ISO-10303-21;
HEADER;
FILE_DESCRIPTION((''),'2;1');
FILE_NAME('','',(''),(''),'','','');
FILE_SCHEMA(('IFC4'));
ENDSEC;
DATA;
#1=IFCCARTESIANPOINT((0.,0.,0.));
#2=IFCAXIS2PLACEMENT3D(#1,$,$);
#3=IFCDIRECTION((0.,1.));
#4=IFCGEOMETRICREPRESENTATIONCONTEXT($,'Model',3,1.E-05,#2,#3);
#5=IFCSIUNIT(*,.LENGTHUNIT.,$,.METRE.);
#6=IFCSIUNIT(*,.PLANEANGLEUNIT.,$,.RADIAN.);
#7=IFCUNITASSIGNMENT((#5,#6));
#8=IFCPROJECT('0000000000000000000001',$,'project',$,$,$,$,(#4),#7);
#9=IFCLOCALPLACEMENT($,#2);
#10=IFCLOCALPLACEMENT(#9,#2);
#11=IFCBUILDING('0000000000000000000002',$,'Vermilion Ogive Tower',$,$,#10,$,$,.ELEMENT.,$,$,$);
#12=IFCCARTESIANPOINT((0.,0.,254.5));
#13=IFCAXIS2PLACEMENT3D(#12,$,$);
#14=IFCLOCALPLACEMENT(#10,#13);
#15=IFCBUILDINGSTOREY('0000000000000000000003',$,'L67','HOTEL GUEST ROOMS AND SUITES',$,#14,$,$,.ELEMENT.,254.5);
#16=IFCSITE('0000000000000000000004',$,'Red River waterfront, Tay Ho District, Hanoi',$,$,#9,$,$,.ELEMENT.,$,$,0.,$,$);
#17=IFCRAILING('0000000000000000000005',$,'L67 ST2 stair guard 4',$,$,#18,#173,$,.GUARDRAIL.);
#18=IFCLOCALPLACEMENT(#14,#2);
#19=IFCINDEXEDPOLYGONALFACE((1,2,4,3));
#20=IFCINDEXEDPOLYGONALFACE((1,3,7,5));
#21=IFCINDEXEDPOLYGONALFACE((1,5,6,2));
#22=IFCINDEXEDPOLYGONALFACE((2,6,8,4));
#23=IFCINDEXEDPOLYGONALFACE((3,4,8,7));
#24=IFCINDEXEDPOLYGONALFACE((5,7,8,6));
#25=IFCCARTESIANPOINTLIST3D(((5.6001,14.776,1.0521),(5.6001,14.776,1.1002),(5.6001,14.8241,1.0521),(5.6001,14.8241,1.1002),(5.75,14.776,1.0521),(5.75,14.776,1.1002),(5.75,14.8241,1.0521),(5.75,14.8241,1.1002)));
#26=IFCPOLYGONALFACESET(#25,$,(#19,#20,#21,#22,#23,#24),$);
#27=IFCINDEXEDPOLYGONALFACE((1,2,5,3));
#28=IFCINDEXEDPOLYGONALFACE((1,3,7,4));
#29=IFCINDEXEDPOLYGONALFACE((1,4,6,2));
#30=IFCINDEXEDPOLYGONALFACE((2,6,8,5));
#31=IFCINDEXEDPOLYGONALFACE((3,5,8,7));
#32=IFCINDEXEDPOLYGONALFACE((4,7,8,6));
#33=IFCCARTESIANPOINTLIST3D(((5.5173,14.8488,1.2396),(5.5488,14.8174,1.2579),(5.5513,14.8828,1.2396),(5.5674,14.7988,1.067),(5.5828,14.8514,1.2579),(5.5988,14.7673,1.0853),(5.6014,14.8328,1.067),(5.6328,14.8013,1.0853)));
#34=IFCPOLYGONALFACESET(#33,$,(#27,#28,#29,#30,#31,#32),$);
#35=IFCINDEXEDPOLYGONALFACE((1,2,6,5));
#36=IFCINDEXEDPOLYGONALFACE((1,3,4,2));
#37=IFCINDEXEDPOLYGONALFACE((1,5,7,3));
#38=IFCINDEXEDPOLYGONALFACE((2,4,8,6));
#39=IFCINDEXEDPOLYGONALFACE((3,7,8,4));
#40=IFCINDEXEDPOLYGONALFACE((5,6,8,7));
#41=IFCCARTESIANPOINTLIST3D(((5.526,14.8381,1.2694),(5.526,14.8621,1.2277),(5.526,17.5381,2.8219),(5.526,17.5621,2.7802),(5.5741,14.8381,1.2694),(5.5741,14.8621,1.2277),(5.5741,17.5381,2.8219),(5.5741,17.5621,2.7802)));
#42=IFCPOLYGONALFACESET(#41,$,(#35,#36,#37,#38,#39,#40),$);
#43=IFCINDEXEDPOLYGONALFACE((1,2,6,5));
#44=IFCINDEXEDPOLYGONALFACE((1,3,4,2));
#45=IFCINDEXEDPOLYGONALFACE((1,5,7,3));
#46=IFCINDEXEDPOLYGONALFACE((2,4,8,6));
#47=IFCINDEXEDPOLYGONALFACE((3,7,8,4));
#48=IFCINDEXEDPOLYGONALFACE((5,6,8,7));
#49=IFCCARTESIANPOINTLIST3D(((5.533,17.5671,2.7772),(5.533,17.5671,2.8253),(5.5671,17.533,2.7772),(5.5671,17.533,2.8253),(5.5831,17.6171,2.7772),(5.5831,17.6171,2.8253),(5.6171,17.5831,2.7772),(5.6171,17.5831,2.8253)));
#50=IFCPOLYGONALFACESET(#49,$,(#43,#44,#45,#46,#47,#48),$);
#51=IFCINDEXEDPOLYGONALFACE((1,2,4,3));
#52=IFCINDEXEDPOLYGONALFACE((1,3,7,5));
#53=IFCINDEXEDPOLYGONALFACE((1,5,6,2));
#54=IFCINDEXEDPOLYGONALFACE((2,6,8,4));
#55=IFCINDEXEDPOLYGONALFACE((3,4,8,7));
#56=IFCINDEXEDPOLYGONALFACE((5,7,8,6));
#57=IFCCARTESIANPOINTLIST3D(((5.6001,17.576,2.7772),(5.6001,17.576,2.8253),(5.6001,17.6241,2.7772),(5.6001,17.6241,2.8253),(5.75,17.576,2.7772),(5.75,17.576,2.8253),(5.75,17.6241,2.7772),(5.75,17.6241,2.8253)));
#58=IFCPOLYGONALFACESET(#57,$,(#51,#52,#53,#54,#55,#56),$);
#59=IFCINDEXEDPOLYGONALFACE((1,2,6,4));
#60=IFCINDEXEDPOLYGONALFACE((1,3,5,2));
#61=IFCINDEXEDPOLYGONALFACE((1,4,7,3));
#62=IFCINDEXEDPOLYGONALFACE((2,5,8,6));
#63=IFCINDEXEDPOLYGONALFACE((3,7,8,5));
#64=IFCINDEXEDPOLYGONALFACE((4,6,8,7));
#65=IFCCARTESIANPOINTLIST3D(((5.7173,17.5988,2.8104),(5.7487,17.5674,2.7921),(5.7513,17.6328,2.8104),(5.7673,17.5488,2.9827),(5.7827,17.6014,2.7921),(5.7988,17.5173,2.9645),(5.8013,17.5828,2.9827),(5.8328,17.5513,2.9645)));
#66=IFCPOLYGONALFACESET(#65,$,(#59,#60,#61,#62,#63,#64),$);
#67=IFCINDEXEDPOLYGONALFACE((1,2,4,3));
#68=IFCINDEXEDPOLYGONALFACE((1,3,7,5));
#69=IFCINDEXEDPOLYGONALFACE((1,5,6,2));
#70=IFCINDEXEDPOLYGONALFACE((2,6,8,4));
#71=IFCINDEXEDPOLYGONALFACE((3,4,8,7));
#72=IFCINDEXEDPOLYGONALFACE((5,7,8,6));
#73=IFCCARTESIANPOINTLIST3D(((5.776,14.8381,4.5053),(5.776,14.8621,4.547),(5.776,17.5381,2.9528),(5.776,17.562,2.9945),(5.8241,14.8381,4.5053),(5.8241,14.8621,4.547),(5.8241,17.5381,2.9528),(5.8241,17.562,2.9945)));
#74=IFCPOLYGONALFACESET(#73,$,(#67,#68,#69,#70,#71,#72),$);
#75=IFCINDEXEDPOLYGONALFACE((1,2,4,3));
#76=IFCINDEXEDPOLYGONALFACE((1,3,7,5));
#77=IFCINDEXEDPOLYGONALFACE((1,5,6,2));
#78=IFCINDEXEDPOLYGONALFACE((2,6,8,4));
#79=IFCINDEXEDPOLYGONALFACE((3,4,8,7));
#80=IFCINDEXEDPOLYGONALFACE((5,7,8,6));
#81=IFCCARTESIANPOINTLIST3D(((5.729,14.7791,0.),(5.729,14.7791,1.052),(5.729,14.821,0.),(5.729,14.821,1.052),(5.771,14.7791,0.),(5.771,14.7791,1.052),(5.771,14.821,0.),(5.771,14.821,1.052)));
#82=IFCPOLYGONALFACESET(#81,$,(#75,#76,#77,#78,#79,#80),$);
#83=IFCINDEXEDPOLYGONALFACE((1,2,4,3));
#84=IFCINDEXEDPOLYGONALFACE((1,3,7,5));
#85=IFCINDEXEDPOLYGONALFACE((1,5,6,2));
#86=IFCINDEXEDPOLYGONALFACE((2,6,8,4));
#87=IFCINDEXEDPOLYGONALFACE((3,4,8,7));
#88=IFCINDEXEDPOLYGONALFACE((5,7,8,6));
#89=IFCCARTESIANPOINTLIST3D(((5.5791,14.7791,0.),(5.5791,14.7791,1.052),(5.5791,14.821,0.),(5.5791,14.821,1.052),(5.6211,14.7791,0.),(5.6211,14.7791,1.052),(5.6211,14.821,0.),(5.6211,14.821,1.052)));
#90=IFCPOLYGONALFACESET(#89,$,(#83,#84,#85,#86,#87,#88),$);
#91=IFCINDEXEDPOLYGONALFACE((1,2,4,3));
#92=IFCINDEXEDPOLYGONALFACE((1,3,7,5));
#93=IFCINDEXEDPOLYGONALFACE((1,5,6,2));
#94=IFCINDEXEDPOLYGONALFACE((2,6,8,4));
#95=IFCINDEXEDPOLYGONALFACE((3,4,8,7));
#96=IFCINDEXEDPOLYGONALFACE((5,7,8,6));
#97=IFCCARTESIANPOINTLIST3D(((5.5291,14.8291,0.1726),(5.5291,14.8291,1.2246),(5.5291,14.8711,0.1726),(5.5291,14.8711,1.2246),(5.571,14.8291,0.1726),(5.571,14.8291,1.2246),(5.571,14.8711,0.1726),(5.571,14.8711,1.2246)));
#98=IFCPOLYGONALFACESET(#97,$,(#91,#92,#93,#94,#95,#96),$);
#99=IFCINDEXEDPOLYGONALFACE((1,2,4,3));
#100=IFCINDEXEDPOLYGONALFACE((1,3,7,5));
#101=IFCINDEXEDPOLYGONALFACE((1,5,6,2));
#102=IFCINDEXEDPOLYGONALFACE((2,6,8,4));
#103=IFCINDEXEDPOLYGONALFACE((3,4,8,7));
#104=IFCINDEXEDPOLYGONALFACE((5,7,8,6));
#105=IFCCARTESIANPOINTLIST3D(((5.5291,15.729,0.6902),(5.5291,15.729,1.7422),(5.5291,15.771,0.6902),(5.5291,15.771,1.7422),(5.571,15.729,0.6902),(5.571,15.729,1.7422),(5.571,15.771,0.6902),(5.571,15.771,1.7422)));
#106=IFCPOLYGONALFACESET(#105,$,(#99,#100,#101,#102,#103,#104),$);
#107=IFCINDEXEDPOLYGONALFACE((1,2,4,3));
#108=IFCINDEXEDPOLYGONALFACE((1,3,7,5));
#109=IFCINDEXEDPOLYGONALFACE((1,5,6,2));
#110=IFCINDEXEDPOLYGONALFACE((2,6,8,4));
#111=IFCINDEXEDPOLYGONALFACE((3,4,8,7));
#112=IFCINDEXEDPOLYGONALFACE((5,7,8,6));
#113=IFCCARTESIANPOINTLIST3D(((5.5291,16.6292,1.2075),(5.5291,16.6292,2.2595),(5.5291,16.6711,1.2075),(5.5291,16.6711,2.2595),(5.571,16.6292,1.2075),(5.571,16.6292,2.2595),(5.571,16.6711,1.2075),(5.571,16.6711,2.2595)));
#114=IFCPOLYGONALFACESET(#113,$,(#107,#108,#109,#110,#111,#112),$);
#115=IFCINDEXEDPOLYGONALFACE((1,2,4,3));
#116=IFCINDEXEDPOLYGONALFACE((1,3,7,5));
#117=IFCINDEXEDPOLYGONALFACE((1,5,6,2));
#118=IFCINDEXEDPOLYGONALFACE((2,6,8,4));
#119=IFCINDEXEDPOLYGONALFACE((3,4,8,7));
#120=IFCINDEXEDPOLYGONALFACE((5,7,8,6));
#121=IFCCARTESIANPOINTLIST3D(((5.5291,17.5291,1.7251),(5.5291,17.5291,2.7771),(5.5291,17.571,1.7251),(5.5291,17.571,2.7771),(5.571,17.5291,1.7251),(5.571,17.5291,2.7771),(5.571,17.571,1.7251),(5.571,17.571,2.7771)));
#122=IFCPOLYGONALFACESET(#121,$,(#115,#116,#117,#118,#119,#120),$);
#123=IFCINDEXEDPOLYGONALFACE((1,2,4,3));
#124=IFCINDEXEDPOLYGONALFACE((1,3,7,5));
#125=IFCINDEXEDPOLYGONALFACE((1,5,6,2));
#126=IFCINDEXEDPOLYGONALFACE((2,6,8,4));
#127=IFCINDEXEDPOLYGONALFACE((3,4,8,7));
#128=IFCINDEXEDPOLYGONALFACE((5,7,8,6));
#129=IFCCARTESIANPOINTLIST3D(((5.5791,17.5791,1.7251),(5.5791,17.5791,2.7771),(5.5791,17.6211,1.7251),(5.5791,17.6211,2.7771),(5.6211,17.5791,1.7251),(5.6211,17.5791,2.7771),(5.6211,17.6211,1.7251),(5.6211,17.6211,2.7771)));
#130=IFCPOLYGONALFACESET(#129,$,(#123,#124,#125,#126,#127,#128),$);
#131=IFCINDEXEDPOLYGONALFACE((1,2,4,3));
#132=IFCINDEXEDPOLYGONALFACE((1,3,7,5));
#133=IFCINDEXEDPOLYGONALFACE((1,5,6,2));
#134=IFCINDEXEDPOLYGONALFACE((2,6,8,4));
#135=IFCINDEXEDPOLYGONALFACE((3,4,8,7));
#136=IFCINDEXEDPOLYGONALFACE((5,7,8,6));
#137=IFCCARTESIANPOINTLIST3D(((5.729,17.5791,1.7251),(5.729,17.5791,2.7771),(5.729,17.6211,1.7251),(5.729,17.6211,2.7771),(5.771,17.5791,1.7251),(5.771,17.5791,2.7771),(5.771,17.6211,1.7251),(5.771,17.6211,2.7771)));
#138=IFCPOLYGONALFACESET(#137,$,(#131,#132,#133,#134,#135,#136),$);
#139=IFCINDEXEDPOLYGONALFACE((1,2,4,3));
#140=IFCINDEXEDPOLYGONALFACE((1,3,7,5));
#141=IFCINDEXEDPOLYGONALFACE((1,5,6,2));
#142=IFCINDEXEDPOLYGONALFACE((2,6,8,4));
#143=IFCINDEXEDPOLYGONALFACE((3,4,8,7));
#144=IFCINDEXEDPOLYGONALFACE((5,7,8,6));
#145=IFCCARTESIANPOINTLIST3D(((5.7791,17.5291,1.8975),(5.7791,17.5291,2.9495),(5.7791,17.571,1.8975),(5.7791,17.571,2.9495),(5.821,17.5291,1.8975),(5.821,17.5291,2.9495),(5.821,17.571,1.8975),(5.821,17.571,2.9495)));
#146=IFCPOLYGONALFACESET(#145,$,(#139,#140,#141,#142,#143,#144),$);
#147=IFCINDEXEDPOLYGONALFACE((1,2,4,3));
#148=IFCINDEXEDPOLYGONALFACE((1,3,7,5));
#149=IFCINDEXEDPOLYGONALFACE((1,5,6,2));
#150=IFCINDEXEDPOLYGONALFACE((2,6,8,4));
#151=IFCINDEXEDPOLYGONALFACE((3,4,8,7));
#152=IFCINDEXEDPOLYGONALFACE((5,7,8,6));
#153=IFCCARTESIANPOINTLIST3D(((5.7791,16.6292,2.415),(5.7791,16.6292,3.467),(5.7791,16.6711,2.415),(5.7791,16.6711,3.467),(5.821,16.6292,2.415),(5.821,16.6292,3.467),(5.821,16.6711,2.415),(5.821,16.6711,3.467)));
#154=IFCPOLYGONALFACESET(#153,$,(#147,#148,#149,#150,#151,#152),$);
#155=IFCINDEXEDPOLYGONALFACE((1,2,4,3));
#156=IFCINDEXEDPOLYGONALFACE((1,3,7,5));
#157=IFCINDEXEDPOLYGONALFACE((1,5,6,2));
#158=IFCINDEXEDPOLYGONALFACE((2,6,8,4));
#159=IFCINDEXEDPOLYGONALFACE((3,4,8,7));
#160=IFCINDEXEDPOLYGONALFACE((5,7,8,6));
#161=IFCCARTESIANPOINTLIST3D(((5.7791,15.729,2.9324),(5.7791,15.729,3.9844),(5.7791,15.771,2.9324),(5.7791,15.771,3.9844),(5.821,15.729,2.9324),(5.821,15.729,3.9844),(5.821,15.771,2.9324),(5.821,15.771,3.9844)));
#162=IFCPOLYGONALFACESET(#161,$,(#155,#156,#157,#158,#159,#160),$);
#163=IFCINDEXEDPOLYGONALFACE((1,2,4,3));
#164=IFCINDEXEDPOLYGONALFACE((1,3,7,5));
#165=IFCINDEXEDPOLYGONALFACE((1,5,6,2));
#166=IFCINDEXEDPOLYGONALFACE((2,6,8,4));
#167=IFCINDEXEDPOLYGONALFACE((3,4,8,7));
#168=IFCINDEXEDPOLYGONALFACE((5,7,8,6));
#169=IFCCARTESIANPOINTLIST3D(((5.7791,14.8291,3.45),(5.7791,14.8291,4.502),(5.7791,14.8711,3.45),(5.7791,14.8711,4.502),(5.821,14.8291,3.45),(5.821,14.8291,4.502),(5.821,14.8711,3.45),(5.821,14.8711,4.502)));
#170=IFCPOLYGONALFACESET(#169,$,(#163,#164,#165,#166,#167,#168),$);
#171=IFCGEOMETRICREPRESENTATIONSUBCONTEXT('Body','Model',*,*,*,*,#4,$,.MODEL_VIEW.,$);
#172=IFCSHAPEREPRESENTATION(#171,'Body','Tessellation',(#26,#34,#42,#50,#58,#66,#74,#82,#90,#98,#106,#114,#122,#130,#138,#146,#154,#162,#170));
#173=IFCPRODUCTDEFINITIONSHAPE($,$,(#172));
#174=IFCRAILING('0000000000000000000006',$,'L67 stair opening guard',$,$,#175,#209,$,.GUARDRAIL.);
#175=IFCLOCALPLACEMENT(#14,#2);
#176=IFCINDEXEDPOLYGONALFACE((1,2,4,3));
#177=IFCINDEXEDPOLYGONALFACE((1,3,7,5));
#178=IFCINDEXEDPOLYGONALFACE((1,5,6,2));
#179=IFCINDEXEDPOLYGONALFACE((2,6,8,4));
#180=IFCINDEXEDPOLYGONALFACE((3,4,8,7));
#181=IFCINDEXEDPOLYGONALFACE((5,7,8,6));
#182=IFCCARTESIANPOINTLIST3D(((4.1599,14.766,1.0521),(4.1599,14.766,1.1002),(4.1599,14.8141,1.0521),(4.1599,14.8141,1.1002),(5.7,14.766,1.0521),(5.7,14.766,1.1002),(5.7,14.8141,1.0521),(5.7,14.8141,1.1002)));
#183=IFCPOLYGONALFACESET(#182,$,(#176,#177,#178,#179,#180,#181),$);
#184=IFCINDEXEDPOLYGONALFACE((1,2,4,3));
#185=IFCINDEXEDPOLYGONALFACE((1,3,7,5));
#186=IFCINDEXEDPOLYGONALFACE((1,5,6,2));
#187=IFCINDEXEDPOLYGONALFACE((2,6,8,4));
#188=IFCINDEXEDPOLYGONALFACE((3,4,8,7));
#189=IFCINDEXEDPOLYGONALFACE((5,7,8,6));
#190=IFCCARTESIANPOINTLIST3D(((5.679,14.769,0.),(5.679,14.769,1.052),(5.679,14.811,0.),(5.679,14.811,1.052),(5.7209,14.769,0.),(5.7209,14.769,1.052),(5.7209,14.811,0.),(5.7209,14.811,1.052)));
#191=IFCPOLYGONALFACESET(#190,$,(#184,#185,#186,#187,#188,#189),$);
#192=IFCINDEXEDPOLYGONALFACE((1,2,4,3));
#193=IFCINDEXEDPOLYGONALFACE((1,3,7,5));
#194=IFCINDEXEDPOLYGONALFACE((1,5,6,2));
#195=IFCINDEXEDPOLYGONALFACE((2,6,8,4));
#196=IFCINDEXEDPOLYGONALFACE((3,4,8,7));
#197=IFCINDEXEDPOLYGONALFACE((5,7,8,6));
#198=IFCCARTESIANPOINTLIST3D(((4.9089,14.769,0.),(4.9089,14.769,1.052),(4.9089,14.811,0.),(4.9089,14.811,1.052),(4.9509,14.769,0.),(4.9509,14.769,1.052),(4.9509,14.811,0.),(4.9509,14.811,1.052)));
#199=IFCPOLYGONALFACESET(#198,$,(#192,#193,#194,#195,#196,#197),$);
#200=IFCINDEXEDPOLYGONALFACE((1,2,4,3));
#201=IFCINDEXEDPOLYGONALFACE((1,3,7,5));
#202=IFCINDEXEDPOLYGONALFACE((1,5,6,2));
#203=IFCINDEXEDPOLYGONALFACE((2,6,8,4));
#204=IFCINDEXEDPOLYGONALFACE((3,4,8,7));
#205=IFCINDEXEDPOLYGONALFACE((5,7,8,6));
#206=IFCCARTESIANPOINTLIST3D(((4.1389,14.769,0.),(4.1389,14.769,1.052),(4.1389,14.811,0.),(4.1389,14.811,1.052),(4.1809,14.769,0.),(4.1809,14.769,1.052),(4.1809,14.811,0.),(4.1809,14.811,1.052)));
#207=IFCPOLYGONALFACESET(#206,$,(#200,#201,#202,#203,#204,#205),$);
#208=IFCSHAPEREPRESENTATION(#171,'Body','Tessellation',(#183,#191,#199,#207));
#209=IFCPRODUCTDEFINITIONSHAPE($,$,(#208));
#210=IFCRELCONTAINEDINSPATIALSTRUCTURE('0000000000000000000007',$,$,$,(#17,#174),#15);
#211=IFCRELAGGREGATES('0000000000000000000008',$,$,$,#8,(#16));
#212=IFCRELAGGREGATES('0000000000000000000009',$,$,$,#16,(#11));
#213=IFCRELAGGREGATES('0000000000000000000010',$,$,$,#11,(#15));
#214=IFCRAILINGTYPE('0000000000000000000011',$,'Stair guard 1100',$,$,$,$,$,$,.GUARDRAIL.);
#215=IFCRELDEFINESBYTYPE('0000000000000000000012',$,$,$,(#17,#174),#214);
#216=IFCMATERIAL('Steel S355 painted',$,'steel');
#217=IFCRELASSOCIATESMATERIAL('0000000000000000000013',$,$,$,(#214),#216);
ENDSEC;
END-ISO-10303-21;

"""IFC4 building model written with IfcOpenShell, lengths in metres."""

from ifc_helpers import new_model, si_unit, direction, frame, origin, origin_2d, place, context, subcontext, project, spatial, rectangle, extrude, material, type_object, element, save


model = new_model("IFC4")

# Units and contexts
model_context = context("Model", 3, precision=1e-05, world=origin(), true_north=direction((0.0, 1.0)))
body_context = subcontext(model_context, "Body", "Model", "MODEL_VIEW")
ifc_project = project(units=[si_unit("LENGTHUNIT", "METRE"), si_unit("PLANEANGLEUNIT", "RADIAN")], contexts=[model_context])

# Site, building, storey
site_placement = place(None, origin())
site = spatial("IfcSite", under=ifc_project, at=site_placement, Name="Red River waterfront, Tay Ho District, Hanoi", CompositionType="ELEMENT", RefElevation=0.0)
building_placement = place(site_placement, origin())
building = spatial("IfcBuilding", under=site, at=building_placement, Name="Vermilion Ogive Tower", CompositionType="ELEMENT")
storey_placement = place(building_placement, frame((0.0, 0.0, 254.5)))
storey = spatial("IfcBuildingStorey", under=building, at=storey_placement, Name="L67", Description="HOTEL GUEST ROOMS AND SUITES", CompositionType="ELEMENT", Elevation=254.5)

# Railings
ifc_material_1 = material(Name="Steel S355 painted", Category="steel")
railing_type_1 = type_object("IfcRailingType", Name="Stair guard 1100", PredefinedType="GUARDRAIL", material=ifc_material_1)
railing_1_placement = place(storey_placement, frame((5.75, 14.8, 0.0)))
element("IfcRailing", 1, at=railing_1_placement, inside=storey, type_object=railing_type_1, Name="L67 ST2 stair guard 4", PredefinedType="GUARDRAIL", context=body_context, shape_type="SweptSolid", body=[
    extrude(rectangle(XDim=0.0481, YDim=0.0481, at=origin_2d()), frame((0.0, 0.0, 1.0762), z_axis=(-1.0, 0.0, 0.0), x_axis=(0.0, -1.0, 0.0)), (0.0, 0.0, 1.0), 0.1499),
    extrude(rectangle(XDim=0.0481, YDim=0.0481, at=origin_2d()), frame((-0.1499, 0.0, 1.0762), z_axis=(-0.268278, 0.268278, 0.925232), x_axis=(-0.707107, -0.707107, 0.0)), (0.0, 0.0, 1.0), 0.1865),
    extrude(rectangle(XDim=0.0481, YDim=0.0481, at=origin_2d()), frame((-0.2, 0.05, 1.2485), z_axis=(0.0, 0.866904, 0.498476), x_axis=(-1.0, 0.0, 0.0)), (0.0, 0.0, 1.0), 3.1145),
    extrude(rectangle(XDim=0.0481, YDim=0.0481, at=origin_2d()), frame((-0.2, 2.75, 2.8013), z_axis=(0.707107, 0.707107, 0.0), x_axis=(-0.707107, 0.707107, 0.0)), (0.0, 0.0, 1.0), 0.0708),
    extrude(rectangle(XDim=0.0481, YDim=0.0481, at=origin_2d()), frame((-0.1499, 2.8, 2.8013), z_axis=(1.0, 0.0, 0.0), x_axis=(0.0, 1.0, 0.0)), (0.0, 0.0, 1.0), 0.1499),
    extrude(rectangle(XDim=0.0481, YDim=0.0481, at=origin_2d()), frame((0.0, 2.8, 2.8013), z_axis=(0.268603, -0.268603, 0.925043), x_axis=(0.707107, 0.707107, 0.0)), (0.0, 0.0, 1.0), 0.1863),
    extrude(rectangle(XDim=0.0481, YDim=0.0481, at=origin_2d()), frame((0.05, 2.75, 2.9736), z_axis=(0.0, -0.866904, 0.498476), x_axis=(1.0, 0.0, 0.0)), (0.0, 0.0, 1.0), 3.1145),
    extrude(rectangle(XDim=0.042, YDim=0.042, at=origin_2d()), origin(), (0.0, 0.0, 1.0), 1.052),
    extrude(rectangle(XDim=0.042, YDim=0.042, at=origin_2d()), frame((-0.1499, 0.0, 0.0)), (0.0, 0.0, 1.0), 1.052),
    extrude(rectangle(XDim=0.042, YDim=0.042, at=origin_2d()), frame((-0.2, 0.05, 0.1726)), (0.0, 0.0, 1.0), 1.052),
    extrude(rectangle(XDim=0.042, YDim=0.042, at=origin_2d()), frame((-0.2, 0.95, 0.6902)), (0.0, 0.0, 1.0), 1.052),
    extrude(rectangle(XDim=0.042, YDim=0.042, at=origin_2d()), frame((-0.2, 1.8501, 1.2075)), (0.0, 0.0, 1.0), 1.052),
    extrude(rectangle(XDim=0.042, YDim=0.042, at=origin_2d()), frame((-0.2, 2.75, 1.7251)), (0.0, 0.0, 1.0), 1.052),
    extrude(rectangle(XDim=0.042, YDim=0.042, at=origin_2d()), frame((-0.1499, 2.8, 1.7251)), (0.0, 0.0, 1.0), 1.052),
    extrude(rectangle(XDim=0.042, YDim=0.042, at=origin_2d()), frame((0.0, 2.8, 1.7251)), (0.0, 0.0, 1.0), 1.052),
    extrude(rectangle(XDim=0.042, YDim=0.042, at=origin_2d()), frame((0.05, 2.75, 1.8975)), (0.0, 0.0, 1.0), 1.052),
    extrude(rectangle(XDim=0.042, YDim=0.042, at=origin_2d()), frame((0.05, 1.8501, 2.415)), (0.0, 0.0, 1.0), 1.052),
    extrude(rectangle(XDim=0.042, YDim=0.042, at=origin_2d()), frame((0.05, 0.95, 2.9324)), (0.0, 0.0, 1.0), 1.052),
    extrude(rectangle(XDim=0.042, YDim=0.042, at=origin_2d()), frame((0.05, 0.05, 3.45)), (0.0, 0.0, 1.0), 1.052),
])
railing_2_placement = place(storey_placement, frame((5.7, 14.79, 0.0)))
element("IfcRailing", 2, at=railing_2_placement, inside=storey, type_object=railing_type_1, Name="L67 stair opening guard", PredefinedType="GUARDRAIL", context=body_context, shape_type="SweptSolid", body=[
    extrude(rectangle(XDim=0.0481, YDim=0.0481, at=origin_2d()), frame((0.0, 0.0, 1.0762), z_axis=(-1.0, 0.0, 0.0), x_axis=(0.0, -1.0, 0.0)), (0.0, 0.0, 1.0), 1.54),
    extrude(rectangle(XDim=0.042, YDim=0.042, at=origin_2d()), origin(), (0.0, 0.0, 1.0), 1.052),
    extrude(rectangle(XDim=0.042, YDim=0.042, at=origin_2d()), frame((-0.77, 0.0, 0.0)), (0.0, 0.0, 1.0), 1.052),
    extrude(rectangle(XDim=0.042, YDim=0.042, at=origin_2d()), frame((-1.54, 0.0, 0.0)), (0.0, 0.0, 1.0), 1.052),
])

save(model, "model.ifc")
